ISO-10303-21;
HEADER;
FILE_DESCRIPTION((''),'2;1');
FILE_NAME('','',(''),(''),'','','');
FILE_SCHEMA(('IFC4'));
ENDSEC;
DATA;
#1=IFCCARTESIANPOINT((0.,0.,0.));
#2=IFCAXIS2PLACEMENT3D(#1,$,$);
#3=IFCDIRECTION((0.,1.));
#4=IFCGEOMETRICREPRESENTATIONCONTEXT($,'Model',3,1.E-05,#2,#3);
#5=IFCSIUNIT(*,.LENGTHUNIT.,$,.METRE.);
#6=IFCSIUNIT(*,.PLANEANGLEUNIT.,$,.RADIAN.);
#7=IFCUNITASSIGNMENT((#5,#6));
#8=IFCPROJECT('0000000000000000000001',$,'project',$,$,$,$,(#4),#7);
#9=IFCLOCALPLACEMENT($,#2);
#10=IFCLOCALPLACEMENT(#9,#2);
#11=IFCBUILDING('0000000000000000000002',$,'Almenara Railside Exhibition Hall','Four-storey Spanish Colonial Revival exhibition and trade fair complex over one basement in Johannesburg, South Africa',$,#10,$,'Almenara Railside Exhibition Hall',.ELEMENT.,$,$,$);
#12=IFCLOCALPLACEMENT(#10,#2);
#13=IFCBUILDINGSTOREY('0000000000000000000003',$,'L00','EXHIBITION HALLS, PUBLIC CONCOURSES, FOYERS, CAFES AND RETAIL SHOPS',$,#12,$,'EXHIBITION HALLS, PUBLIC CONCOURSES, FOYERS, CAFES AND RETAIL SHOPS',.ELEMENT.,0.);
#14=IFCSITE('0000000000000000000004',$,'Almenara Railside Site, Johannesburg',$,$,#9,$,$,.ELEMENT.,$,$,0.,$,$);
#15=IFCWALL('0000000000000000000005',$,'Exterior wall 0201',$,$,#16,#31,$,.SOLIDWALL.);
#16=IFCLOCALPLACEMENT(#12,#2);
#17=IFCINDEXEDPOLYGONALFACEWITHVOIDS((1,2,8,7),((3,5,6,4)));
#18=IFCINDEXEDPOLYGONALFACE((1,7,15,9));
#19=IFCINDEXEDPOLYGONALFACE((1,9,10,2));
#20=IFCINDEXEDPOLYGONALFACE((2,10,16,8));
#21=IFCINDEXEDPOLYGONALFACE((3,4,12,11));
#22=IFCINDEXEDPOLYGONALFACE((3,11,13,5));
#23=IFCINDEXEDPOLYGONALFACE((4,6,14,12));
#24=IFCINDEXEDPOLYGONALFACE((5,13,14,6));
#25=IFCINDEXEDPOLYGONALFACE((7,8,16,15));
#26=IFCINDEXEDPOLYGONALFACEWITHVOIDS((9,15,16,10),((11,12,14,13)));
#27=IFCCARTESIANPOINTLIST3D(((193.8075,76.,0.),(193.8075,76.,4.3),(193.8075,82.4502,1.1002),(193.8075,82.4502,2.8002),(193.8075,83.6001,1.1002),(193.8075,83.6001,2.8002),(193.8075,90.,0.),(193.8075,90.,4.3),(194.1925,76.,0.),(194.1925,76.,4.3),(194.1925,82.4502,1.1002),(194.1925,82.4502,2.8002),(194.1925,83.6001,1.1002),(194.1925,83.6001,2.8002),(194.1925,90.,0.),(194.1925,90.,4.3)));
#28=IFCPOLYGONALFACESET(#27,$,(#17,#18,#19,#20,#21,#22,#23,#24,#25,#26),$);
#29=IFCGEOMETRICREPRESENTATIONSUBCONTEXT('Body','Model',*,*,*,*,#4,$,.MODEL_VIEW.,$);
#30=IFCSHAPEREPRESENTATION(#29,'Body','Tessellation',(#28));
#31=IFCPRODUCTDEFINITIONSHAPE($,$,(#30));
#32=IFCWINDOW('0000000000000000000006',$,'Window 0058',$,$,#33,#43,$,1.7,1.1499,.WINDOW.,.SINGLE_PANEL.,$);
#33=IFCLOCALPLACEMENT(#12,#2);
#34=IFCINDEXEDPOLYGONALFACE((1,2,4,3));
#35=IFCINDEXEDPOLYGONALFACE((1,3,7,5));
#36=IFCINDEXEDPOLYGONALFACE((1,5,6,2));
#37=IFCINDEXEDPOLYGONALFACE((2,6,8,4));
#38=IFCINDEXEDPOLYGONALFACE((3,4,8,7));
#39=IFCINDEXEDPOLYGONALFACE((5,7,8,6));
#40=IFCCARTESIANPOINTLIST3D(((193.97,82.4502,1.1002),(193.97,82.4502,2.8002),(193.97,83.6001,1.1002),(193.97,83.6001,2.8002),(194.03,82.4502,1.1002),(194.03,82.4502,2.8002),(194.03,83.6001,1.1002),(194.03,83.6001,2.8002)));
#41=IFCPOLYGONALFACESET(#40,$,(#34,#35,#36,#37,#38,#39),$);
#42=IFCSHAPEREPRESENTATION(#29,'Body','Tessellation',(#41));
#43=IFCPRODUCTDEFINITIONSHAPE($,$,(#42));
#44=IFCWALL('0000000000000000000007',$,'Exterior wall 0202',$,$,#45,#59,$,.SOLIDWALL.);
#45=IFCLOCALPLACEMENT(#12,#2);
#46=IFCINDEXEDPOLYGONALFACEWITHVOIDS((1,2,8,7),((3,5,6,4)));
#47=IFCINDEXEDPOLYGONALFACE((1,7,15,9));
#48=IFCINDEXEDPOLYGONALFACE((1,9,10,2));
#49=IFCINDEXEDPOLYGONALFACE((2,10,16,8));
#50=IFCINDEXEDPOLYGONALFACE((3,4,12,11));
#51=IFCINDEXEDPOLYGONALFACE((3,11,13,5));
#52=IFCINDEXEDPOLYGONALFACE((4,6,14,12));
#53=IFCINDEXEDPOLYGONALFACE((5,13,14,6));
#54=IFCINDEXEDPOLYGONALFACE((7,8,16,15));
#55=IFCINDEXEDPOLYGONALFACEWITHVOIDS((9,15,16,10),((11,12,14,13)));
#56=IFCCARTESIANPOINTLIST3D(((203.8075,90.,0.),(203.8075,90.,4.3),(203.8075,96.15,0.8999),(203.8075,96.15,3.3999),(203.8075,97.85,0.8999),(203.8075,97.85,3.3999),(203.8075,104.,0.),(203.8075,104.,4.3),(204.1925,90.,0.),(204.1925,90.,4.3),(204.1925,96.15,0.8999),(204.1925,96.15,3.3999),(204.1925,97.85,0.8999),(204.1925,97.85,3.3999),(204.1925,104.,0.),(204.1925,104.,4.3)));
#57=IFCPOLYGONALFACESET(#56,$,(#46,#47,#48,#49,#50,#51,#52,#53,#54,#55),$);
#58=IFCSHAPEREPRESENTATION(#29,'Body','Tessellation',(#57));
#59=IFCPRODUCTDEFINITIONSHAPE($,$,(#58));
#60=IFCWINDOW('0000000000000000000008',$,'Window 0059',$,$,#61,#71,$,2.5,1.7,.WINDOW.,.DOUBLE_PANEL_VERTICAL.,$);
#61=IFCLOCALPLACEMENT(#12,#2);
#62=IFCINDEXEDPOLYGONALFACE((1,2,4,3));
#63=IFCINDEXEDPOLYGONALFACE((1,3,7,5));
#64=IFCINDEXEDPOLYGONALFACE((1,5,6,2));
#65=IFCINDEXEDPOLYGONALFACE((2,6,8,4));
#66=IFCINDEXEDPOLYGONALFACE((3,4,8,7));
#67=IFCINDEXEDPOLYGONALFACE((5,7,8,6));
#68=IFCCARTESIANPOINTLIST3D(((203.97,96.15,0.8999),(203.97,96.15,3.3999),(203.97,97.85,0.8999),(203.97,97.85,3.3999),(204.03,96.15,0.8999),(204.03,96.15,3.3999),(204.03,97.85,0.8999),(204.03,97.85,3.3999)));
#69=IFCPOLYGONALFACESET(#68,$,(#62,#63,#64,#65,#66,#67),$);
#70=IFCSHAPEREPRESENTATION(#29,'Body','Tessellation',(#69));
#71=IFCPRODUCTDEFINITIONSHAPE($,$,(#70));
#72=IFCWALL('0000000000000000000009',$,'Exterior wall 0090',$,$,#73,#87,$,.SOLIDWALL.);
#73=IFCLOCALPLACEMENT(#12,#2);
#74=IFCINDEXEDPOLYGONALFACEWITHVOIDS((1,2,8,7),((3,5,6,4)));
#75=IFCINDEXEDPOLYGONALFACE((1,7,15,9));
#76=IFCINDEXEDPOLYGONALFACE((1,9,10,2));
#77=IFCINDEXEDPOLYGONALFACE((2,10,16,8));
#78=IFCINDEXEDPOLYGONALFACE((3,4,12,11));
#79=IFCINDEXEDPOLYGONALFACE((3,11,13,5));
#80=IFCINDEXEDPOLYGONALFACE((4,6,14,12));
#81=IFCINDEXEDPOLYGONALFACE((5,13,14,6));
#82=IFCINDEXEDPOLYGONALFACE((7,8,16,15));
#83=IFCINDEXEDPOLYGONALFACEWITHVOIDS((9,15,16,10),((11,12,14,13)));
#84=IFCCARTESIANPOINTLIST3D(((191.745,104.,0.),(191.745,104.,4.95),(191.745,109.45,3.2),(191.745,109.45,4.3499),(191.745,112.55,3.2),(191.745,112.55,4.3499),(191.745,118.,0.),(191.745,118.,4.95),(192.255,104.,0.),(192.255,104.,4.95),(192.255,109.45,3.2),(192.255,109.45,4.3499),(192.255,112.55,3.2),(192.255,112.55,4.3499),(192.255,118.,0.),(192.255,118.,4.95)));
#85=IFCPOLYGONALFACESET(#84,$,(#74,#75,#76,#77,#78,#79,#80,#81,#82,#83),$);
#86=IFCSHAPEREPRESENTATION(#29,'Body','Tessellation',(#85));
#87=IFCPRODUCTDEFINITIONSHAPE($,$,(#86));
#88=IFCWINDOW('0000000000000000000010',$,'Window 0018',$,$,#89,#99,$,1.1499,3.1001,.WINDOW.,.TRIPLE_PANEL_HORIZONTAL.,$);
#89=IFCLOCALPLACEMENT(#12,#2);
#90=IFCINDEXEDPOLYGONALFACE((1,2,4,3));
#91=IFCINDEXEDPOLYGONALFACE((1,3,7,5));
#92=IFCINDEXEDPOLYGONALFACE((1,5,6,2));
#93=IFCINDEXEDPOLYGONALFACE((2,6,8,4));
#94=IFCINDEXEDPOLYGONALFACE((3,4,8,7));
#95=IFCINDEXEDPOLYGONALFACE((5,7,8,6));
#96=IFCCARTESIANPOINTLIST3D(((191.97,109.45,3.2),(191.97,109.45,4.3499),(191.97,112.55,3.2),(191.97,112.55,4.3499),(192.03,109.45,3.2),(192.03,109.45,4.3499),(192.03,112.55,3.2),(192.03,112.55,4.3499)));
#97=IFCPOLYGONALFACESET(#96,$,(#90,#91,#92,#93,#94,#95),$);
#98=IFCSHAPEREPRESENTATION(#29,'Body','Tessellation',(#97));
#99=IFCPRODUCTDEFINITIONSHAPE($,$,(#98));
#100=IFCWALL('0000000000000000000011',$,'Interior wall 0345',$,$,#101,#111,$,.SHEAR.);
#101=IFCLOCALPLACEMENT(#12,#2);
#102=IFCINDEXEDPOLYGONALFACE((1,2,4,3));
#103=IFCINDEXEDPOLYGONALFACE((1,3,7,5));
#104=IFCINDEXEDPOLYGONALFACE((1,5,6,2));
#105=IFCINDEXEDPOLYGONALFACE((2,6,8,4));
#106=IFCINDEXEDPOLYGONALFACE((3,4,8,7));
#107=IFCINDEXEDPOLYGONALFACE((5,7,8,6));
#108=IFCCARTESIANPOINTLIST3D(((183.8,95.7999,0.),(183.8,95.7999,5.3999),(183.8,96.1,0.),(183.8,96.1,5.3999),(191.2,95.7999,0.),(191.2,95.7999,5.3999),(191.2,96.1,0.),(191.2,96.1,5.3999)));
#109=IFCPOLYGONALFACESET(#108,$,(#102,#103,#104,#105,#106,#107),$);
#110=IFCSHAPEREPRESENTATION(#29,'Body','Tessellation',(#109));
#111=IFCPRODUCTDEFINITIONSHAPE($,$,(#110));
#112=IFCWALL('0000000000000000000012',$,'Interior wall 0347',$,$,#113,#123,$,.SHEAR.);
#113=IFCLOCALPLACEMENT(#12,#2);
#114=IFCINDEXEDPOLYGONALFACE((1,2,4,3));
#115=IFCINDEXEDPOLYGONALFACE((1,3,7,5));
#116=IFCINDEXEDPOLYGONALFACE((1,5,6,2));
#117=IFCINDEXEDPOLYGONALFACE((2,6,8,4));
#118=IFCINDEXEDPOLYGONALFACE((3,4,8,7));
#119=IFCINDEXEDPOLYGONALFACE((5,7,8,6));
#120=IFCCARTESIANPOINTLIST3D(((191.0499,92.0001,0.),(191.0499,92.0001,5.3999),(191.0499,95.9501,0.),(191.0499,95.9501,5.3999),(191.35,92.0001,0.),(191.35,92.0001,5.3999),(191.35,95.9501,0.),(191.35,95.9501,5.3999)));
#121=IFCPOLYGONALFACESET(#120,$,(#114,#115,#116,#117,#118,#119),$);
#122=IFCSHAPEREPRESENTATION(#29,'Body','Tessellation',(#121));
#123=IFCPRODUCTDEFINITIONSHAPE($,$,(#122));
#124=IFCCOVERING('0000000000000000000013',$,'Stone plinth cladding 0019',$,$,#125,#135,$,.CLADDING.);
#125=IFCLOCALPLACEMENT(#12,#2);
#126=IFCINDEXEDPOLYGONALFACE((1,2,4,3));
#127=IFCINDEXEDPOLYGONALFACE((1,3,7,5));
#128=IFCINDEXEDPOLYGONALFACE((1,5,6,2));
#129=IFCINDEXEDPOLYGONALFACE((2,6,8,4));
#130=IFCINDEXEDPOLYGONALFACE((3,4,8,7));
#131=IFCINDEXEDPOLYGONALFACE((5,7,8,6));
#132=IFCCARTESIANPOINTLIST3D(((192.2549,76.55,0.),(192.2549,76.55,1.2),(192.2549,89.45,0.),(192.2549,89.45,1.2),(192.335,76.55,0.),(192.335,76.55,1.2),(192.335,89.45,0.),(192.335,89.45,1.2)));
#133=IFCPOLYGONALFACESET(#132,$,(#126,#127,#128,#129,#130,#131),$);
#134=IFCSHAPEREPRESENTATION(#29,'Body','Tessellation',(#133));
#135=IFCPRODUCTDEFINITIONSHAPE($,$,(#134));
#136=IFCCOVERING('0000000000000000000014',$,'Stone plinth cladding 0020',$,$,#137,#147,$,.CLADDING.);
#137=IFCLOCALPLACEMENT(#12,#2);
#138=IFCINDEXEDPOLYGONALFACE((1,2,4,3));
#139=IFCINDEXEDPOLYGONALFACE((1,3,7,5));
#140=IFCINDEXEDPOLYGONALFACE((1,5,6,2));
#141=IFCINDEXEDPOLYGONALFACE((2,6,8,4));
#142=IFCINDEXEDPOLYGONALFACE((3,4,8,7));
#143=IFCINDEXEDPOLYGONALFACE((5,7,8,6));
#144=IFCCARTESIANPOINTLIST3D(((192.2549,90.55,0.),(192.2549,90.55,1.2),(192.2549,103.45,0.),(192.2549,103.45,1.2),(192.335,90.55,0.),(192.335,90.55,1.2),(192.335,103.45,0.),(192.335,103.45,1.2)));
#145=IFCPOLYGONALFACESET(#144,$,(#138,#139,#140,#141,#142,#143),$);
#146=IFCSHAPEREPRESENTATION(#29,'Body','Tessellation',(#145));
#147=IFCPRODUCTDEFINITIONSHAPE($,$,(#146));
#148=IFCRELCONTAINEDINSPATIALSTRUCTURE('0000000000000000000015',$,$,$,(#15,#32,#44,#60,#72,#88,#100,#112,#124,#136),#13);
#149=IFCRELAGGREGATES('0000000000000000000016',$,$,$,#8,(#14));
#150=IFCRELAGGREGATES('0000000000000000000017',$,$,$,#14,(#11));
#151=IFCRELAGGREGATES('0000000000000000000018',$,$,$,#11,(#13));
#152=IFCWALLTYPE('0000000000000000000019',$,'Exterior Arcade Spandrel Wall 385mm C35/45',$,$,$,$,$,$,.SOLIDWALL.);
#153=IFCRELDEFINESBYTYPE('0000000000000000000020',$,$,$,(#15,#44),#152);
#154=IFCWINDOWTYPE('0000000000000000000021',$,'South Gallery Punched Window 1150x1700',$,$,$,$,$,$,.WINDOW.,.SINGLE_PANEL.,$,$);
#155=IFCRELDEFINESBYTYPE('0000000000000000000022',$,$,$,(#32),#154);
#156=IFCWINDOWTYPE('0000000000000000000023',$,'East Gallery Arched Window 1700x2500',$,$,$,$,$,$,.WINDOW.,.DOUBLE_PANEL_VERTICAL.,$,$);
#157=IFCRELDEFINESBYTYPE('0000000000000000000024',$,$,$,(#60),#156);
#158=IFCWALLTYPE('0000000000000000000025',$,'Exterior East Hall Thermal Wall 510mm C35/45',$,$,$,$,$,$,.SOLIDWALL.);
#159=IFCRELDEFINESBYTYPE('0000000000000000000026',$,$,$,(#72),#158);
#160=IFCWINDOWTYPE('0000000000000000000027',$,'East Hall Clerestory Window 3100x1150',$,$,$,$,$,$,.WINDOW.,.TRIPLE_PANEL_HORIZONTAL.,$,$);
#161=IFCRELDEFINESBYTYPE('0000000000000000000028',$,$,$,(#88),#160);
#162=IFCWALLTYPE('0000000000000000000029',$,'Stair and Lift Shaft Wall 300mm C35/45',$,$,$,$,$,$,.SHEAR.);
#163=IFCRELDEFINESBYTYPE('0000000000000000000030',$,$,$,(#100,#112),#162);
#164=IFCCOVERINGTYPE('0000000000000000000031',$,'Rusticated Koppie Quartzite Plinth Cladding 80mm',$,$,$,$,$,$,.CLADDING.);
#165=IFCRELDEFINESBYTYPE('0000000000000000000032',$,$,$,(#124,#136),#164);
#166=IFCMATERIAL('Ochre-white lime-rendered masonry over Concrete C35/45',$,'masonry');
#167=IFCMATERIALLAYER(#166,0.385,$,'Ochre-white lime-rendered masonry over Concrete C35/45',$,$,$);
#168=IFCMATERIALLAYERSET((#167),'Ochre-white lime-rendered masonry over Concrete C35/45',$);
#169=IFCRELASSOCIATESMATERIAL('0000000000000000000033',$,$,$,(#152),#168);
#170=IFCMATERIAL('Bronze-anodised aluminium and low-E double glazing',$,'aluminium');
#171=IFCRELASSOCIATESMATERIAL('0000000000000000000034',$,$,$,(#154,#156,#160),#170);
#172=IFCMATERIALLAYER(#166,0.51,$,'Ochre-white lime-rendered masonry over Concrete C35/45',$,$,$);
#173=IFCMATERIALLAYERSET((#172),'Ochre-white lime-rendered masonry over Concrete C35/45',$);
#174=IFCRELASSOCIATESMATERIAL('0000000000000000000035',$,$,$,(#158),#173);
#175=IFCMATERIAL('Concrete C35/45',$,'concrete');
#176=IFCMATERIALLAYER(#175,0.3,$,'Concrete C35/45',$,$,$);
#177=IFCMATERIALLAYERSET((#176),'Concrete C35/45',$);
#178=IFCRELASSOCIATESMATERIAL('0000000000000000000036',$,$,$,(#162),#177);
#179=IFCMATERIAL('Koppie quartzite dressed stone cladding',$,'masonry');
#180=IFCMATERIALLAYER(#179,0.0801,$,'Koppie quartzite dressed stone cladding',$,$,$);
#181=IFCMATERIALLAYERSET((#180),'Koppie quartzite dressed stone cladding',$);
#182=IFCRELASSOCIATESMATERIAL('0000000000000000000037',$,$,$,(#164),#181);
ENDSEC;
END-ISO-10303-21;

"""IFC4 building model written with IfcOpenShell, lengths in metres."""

from ifc_helpers import new_model, si_unit, direction, frame, frame_2d, origin, origin_2d, place, context, subcontext, project, spatial, rectangle, extrude, material, layer, layer_set, type_object, element, fill, save


model = new_model("IFC4")

# Units and contexts
model_context = context("Model", 3, precision=1e-05, world=origin(), true_north=direction((0.0, 1.0)))
body_context = subcontext(model_context, "Body", "Model", "MODEL_VIEW")
ifc_project = project(units=[si_unit("LENGTHUNIT", "METRE"), si_unit("PLANEANGLEUNIT", "RADIAN")], contexts=[model_context])

# Site, building, storey
site_placement = place(None, origin())
site = spatial("IfcSite", under=ifc_project, at=site_placement, Name="Almenara Railside Site, Johannesburg", CompositionType="ELEMENT", RefElevation=0.0)
building_placement = place(site_placement, origin())
building = spatial("IfcBuilding", under=site, at=building_placement, Name="Almenara Railside Exhibition Hall", Description="Four-storey Spanish Colonial Revival exhibition and trade fair complex over one basement in Johannesburg, South Africa", LongName="Almenara Railside Exhibition Hall", CompositionType="ELEMENT")
storey_placement = place(building_placement, origin())
storey = spatial("IfcBuildingStorey", under=building, at=storey_placement, Name="L00", Description="EXHIBITION HALLS, PUBLIC CONCOURSES, FOYERS, CAFES AND RETAIL SHOPS", LongName="EXHIBITION HALLS, PUBLIC CONCOURSES, FOYERS, CAFES AND RETAIL SHOPS", CompositionType="ELEMENT", Elevation=0.0)

# Shared definitions
ifc_material_1 = material(Name="Concrete C35/45", Category="concrete")

# Walls, openings, windows
ifc_material_2 = material(Name="Ochre-white lime-rendered masonry over Concrete C35/45", Category="masonry")
ifc_layer_1 = layer(ifc_material_2, 0.385, Name="Ochre-white lime-rendered masonry over Concrete C35/45")
ifc_layer_set_1 = layer_set([ifc_layer_1], Name="Ochre-white lime-rendered masonry over Concrete C35/45")
wall_type_1 = type_object("IfcWallType", Name="Exterior Arcade Spandrel Wall 385mm C35/45", PredefinedType="SOLIDWALL", material=ifc_layer_set_1)
wall_1_placement = place(storey_placement, frame((194.0, 90.0, 0.0), z_axis=(0.0, 0.0, 1.0), x_axis=(0.0, -1.0, 0.0)))
wall_1 = element("IfcWall", 1, at=wall_1_placement, inside=storey, type_object=wall_type_1, Name="Exterior wall 0201", PredefinedType="SOLIDWALL", context=body_context, shape_type="SweptSolid", body=[
    extrude(rectangle(XDim=14.0, YDim=0.385, at=frame_2d((7.0, 0.0))), origin(), (0.0, 0.0, 1.0), 4.3),
])
opening_1_placement = place(wall_1_placement, frame((6.3999, 0.0, 1.1001)))
opening_1 = element("IfcOpeningElement", 2, at=opening_1_placement, cuts=wall_1, PredefinedType="OPENING", context=body_context, shape_type="SweptSolid", body=[
    extrude(rectangle(XDim=1.1499, YDim=1.7, at=frame_2d((0.575, 0.8501))), frame((0.0, 0.2024, 0.0), z_axis=(0.0, -1.0, 0.0), x_axis=(1.0, 0.0, 0.0)), (0.0, 0.0, 1.0), 0.405),
])
ifc_material_3 = material(Name="Bronze-anodised aluminium and low-E double glazing", Category="aluminium")
window_type_1 = type_object("IfcWindowType", Name="South Gallery Punched Window 1150x1700", PartitioningType="SINGLE_PANEL", PredefinedType="WINDOW", material=ifc_material_3)
window_1_placement = place(opening_1_placement, origin())
window_1 = element("IfcWindow", 3, at=window_1_placement, inside=storey, type_object=window_type_1, Name="Window 0058", OverallHeight=1.7, OverallWidth=1.1499, PartitioningType="SINGLE_PANEL", PredefinedType="WINDOW", context=body_context, shape_type="SweptSolid", body=[
    extrude(rectangle(XDim=1.1499, YDim=1.7, at=frame_2d((0.575, 0.8501))), frame((0.0, 0.03, 0.0), z_axis=(0.0, -1.0, 0.0), x_axis=(1.0, 0.0, 0.0)), (0.0, 0.0, 1.0), 0.0601),
])
fill(opening_1, window_1)
wall_2_placement = place(storey_placement, frame((204.0, 90.0, 0.0), z_axis=(0.0, 0.0, 1.0), x_axis=(0.0, 1.0, 0.0)))
wall_2 = element("IfcWall", 4, at=wall_2_placement, inside=storey, type_object=wall_type_1, Name="Exterior wall 0202", PredefinedType="SOLIDWALL", context=body_context, shape_type="SweptSolid", body=[
    extrude(rectangle(XDim=14.0, YDim=0.385, at=frame_2d((7.0, 0.0))), origin(), (0.0, 0.0, 1.0), 4.3),
])
opening_2_placement = place(wall_2_placement, frame((6.1499, 0.0, 0.8999)))
opening_2 = element("IfcOpeningElement", 5, at=opening_2_placement, cuts=wall_2, PredefinedType="OPENING", context=body_context, shape_type="SweptSolid", body=[
    extrude(rectangle(XDim=1.7, YDim=2.5, at=frame_2d((0.8501, 1.25))), frame((0.0, 0.2024, 0.0), z_axis=(0.0, -1.0, 0.0), x_axis=(1.0, 0.0, 0.0)), (0.0, 0.0, 1.0), 0.405),
])
window_type_2 = type_object("IfcWindowType", Name="East Gallery Arched Window 1700x2500", PartitioningType="DOUBLE_PANEL_VERTICAL", PredefinedType="WINDOW", material=ifc_material_3)
window_2_placement = place(opening_2_placement, origin())
window_2 = element("IfcWindow", 6, at=window_2_placement, inside=storey, type_object=window_type_2, Name="Window 0059", OverallHeight=2.5, OverallWidth=1.7, PartitioningType="DOUBLE_PANEL_VERTICAL", PredefinedType="WINDOW", context=body_context, shape_type="SweptSolid", body=[
    extrude(rectangle(XDim=1.7, YDim=2.5, at=frame_2d((0.8501, 1.25))), frame((0.0, 0.03, 0.0), z_axis=(0.0, -1.0, 0.0), x_axis=(1.0, 0.0, 0.0)), (0.0, 0.0, 1.0), 0.0601),
])
fill(opening_2, window_2)

# Shared definitions
ifc_layer_2 = layer(ifc_material_2, 0.51, Name="Ochre-white lime-rendered masonry over Concrete C35/45")
ifc_layer_set_2 = layer_set([ifc_layer_2], Name="Ochre-white lime-rendered masonry over Concrete C35/45")
wall_type_2 = type_object("IfcWallType", Name="Exterior East Hall Thermal Wall 510mm C35/45", PredefinedType="SOLIDWALL", material=ifc_layer_set_2)

# Wall, opening, window
wall_3_placement = place(storey_placement, frame((192.0, 104.0, 0.0), z_axis=(0.0, 0.0, 1.0), x_axis=(0.0, 1.0, 0.0)))
wall_3 = element("IfcWall", 7, at=wall_3_placement, inside=storey, type_object=wall_type_2, Name="Exterior wall 0090", PredefinedType="SOLIDWALL", context=body_context, shape_type="SweptSolid", body=[
    extrude(rectangle(XDim=14.0, YDim=0.51, at=frame_2d((7.0, 0.0))), origin(), (0.0, 0.0, 1.0), 4.95),
])
opening_3_placement = place(wall_3_placement, frame((5.45, 0.0, 3.2)))
opening_3 = element("IfcOpeningElement", 8, at=opening_3_placement, cuts=wall_3, PredefinedType="OPENING", context=body_context, shape_type="SweptSolid", body=[
    extrude(rectangle(XDim=3.1001, YDim=1.1499, at=frame_2d((1.55, 0.575))), frame((0.0, 0.2649, 0.0), z_axis=(0.0, -1.0, 0.0), x_axis=(1.0, 0.0, 0.0)), (0.0, 0.0, 1.0), 0.53),
])
window_type_3 = type_object("IfcWindowType", Name="East Hall Clerestory Window 3100x1150", PartitioningType="TRIPLE_PANEL_HORIZONTAL", PredefinedType="WINDOW", material=ifc_material_3)
window_3_placement = place(opening_3_placement, origin())
window_3 = element("IfcWindow", 9, at=window_3_placement, inside=storey, type_object=window_type_3, Name="Window 0018", OverallHeight=1.1499, OverallWidth=3.1001, PartitioningType="TRIPLE_PANEL_HORIZONTAL", PredefinedType="WINDOW", context=body_context, shape_type="SweptSolid", body=[
    extrude(rectangle(XDim=3.1001, YDim=1.1499, at=frame_2d((1.55, 0.575))), frame((0.0, 0.03, 0.0), z_axis=(0.0, -1.0, 0.0), x_axis=(1.0, 0.0, 0.0)), (0.0, 0.0, 1.0), 0.0601),
])
fill(opening_3, window_3)

# Walls
ifc_layer_3 = layer(ifc_material_1, 0.3, Name="Concrete C35/45")
ifc_layer_set_3 = layer_set([ifc_layer_3], Name="Concrete C35/45")
wall_type_3 = type_object("IfcWallType", Name="Stair and Lift Shaft Wall 300mm C35/45", PredefinedType="SHEAR", material=ifc_layer_set_3)
wall_4_placement = place(storey_placement, frame((191.2, 95.95, 0.0), z_axis=(0.0, 0.0, 1.0), x_axis=(-1.0, 0.0, 0.0)))
element("IfcWall", 10, at=wall_4_placement, inside=storey, type_object=wall_type_3, Name="Interior wall 0345", PredefinedType="SHEAR", context=body_context, shape_type="SweptSolid", body=[
    extrude(rectangle(XDim=7.3999, YDim=0.3, at=frame_2d((3.7, 0.0))), origin(), (0.0, 0.0, 1.0), 5.3999),
])
wall_5_placement = place(storey_placement, frame((191.2, 92.0, 0.0), z_axis=(0.0, 0.0, 1.0), x_axis=(0.0, 1.0, 0.0)))
element("IfcWall", 11, at=wall_5_placement, inside=storey, type_object=wall_type_3, Name="Interior wall 0347", PredefinedType="SHEAR", context=body_context, shape_type="SweptSolid", body=[
    extrude(rectangle(XDim=3.95, YDim=0.3, at=frame_2d((1.9751, 0.0))), origin(), (0.0, 0.0, 1.0), 5.3999),
])

# Coverings
ifc_material_4 = material(Name="Koppie quartzite dressed stone cladding", Category="masonry")
ifc_layer_4 = layer(ifc_material_4, 0.0801, Name="Koppie quartzite dressed stone cladding")
ifc_layer_set_4 = layer_set([ifc_layer_4], Name="Koppie quartzite dressed stone cladding")
covering_type = type_object("IfcCoveringType", Name="Rusticated Koppie Quartzite Plinth Cladding 80mm", PredefinedType="CLADDING", material=ifc_layer_set_4)
for number, where, z_axis, x_axis, name in (
    (12, (192.2949, 83.0, 0.0), (0.0, 0.0, 1.0), (0.0, 1.0, 0.0), "Stone plinth cladding 0019"),
    (13, (192.2949, 97.0, 0.0), (0.0, 0.0, 1.0), (0.0, 1.0, 0.0), "Stone plinth cladding 0020"),
):
    element("IfcCovering", number, at=place(storey_placement, frame(where, z_axis=z_axis, x_axis=x_axis)), inside=storey, type_object=covering_type, Name=name, PredefinedType="CLADDING", context=body_context, shape_type="SweptSolid", body=[
        extrude(rectangle(XDim=12.8999, YDim=0.0801, at=origin_2d()), origin(), (0.0, 0.0, 1.0), 1.2),
    ])

save(model, "model.ifc")
